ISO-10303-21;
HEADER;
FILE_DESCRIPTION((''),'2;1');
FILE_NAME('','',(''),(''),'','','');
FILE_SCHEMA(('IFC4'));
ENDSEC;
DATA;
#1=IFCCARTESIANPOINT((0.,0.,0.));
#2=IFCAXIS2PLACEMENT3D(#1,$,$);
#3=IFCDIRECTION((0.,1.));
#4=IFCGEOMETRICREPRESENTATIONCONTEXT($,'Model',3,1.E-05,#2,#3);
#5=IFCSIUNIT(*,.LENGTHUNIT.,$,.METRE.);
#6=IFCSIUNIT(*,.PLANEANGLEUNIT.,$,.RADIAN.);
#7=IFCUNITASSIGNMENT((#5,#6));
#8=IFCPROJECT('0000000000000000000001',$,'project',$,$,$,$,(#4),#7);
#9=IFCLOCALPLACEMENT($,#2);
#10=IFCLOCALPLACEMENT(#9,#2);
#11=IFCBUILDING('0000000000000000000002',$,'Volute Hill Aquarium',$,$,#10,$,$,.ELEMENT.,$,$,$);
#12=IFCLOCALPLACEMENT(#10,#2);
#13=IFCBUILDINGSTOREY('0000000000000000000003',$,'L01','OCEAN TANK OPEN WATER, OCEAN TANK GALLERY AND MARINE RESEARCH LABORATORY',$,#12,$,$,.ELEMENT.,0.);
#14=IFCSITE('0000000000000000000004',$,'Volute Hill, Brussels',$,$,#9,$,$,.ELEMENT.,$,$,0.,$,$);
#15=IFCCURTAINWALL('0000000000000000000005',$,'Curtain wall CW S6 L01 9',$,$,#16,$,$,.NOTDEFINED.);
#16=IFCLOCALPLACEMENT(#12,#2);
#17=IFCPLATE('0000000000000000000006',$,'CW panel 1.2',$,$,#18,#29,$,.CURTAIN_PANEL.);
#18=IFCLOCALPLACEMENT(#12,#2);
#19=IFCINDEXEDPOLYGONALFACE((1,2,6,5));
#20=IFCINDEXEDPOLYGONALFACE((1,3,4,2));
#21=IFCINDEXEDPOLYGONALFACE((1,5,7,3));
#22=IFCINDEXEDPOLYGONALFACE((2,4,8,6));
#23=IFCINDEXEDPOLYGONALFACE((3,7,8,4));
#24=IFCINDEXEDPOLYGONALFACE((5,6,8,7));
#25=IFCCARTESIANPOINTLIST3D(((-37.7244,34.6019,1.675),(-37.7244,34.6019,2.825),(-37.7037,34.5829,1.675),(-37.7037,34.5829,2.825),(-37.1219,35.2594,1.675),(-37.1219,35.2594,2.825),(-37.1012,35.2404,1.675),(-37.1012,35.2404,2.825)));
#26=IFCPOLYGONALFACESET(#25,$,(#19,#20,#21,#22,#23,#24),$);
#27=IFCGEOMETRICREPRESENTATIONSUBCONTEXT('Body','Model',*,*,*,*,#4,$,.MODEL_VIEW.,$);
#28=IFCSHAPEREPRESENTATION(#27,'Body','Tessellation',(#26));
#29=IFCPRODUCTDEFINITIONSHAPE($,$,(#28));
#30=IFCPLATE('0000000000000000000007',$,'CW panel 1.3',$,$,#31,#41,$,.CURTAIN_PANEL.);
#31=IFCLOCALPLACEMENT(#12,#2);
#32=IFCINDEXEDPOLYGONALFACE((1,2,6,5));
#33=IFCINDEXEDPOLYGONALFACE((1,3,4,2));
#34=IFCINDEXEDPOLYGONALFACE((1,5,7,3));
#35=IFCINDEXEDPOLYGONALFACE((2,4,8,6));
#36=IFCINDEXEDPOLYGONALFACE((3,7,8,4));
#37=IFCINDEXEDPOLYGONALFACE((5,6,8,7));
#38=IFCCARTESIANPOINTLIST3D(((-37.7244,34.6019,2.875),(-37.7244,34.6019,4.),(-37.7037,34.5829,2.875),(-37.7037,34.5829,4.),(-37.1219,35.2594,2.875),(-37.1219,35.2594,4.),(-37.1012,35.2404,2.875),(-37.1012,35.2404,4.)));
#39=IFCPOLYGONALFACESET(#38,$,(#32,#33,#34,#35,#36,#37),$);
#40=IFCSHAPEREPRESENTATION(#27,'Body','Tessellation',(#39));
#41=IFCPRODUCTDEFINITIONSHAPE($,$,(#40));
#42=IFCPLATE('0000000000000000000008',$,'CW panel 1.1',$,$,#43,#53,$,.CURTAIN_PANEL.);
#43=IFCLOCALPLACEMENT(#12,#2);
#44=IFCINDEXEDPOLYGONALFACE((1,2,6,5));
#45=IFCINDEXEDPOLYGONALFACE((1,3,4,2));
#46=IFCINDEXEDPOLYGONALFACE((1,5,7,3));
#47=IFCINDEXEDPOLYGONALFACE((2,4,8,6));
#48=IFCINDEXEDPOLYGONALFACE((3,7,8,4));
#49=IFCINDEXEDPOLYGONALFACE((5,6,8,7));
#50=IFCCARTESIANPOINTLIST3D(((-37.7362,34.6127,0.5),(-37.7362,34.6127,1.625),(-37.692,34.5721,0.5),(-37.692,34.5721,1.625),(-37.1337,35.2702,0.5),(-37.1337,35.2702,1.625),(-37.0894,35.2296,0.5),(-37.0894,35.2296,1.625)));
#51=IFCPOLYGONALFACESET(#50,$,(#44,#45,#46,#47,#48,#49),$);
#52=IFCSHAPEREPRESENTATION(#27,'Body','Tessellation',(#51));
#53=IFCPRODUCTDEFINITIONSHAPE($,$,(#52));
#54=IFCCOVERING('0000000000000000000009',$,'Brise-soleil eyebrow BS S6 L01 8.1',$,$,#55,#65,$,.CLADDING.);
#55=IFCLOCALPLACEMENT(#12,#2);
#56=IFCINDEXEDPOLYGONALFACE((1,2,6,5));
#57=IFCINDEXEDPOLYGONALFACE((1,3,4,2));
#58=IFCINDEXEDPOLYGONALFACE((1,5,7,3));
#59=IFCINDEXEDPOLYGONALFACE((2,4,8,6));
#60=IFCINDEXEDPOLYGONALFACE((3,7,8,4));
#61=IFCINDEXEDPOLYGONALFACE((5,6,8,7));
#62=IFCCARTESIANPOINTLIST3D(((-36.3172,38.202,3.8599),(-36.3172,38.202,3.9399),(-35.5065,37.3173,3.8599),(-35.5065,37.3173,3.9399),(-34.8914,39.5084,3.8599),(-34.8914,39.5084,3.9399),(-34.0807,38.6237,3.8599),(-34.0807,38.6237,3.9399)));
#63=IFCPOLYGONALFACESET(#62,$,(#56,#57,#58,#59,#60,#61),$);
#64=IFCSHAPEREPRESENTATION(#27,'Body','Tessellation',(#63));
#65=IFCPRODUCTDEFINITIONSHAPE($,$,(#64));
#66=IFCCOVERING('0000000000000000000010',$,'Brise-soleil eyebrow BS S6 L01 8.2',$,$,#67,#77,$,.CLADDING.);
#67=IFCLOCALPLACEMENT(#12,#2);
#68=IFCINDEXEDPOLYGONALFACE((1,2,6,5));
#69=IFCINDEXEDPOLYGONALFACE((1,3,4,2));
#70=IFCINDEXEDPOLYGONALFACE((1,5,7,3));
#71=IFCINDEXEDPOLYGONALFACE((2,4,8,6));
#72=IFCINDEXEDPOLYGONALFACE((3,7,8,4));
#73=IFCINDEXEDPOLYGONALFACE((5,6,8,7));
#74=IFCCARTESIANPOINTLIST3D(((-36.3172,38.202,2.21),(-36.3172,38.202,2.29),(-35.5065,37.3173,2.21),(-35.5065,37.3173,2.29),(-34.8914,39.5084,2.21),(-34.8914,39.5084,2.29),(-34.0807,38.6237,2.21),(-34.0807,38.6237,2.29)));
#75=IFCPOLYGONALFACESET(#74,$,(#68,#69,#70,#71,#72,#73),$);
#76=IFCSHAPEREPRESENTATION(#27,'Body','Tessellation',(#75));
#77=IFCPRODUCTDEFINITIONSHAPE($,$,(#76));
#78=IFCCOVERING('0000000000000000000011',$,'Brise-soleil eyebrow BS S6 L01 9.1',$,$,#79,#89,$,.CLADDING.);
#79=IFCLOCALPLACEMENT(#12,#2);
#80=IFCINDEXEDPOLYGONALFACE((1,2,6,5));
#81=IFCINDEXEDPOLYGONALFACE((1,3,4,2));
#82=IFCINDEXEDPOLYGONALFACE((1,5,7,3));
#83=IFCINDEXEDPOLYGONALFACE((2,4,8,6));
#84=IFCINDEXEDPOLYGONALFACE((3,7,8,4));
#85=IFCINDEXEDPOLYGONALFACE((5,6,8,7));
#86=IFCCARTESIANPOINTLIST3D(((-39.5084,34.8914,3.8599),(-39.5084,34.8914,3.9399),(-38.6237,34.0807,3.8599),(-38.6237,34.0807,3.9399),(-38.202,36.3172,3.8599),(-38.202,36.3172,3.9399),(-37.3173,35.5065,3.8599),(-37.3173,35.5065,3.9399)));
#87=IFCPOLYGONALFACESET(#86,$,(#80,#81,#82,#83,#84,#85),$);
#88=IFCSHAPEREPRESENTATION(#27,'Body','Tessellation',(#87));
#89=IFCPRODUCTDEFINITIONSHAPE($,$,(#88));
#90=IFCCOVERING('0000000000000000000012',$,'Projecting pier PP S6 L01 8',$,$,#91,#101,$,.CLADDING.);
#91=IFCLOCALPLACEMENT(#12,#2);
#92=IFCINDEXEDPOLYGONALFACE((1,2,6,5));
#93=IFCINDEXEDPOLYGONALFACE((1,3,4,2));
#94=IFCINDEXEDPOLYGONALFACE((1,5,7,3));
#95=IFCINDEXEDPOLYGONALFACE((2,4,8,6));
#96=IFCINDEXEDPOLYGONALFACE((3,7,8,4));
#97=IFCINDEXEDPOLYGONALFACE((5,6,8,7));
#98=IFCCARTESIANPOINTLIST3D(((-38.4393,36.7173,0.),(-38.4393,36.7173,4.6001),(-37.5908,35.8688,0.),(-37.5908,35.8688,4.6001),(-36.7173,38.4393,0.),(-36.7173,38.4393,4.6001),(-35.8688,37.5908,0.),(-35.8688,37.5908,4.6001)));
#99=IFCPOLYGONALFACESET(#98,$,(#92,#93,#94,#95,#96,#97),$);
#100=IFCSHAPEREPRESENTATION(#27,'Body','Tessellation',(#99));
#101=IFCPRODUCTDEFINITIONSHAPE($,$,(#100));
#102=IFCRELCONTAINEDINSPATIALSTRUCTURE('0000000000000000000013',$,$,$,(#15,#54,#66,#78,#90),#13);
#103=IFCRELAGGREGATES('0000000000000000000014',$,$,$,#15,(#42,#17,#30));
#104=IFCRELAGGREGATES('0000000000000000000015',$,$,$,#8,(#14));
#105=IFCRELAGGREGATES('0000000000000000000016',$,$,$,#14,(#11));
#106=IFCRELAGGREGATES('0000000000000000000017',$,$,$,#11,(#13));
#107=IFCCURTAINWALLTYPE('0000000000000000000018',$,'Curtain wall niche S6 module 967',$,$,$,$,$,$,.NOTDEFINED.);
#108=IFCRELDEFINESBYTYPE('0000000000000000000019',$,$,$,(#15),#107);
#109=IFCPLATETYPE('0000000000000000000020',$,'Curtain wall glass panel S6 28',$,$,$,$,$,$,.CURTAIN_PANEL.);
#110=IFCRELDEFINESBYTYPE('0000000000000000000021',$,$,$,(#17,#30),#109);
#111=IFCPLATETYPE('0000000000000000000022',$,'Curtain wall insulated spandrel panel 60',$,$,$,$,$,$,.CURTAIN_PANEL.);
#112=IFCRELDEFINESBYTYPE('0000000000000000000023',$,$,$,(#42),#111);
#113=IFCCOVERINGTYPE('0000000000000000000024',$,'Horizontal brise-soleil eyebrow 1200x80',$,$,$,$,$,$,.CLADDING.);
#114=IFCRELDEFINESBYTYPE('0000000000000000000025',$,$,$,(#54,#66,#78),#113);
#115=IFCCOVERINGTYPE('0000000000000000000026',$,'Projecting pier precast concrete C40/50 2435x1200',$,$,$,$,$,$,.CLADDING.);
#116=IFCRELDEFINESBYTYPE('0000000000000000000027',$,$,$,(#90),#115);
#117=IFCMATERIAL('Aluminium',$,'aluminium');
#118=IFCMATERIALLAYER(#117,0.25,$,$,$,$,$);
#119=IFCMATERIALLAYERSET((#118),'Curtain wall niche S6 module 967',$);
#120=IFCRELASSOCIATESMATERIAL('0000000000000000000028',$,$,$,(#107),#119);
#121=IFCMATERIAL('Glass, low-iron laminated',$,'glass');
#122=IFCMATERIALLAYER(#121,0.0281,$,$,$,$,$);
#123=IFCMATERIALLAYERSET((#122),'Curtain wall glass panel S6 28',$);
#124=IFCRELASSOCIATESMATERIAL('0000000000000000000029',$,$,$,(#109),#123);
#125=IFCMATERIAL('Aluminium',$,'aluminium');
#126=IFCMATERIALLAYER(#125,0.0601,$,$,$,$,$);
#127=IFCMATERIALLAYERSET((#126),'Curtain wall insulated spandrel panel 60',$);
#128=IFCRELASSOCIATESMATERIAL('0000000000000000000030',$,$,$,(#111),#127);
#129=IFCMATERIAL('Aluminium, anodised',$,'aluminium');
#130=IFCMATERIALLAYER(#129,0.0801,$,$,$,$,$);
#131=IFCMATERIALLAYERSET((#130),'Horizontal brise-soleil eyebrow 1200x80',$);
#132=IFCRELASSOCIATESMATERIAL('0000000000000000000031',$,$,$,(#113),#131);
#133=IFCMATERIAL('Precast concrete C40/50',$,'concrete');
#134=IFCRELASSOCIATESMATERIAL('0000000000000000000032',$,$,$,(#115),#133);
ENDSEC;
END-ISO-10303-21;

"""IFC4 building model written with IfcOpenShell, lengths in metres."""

from ifc_helpers import new_model, si_unit, direction, frame, origin, origin_2d, place, context, subcontext, project, spatial, rectangle, extrude, material, layer, layer_set, type_object, element, aggregate, save


model = new_model("IFC4")

# Units and contexts
model_context = context("Model", 3, precision=1e-05, world=origin(), true_north=direction((0.0, 1.0)))
body_context = subcontext(model_context, "Body", "Model", "MODEL_VIEW")
ifc_project = project(units=[si_unit("LENGTHUNIT", "METRE"), si_unit("PLANEANGLEUNIT", "RADIAN")], contexts=[model_context])

# Site, building, storey
site_placement = place(None, origin())
site = spatial("IfcSite", under=ifc_project, at=site_placement, Name="Volute Hill, Brussels", CompositionType="ELEMENT", RefElevation=0.0)
building_placement = place(site_placement, origin())
building = spatial("IfcBuilding", under=site, at=building_placement, Name="Volute Hill Aquarium", CompositionType="ELEMENT")
storey_placement = place(building_placement, origin())
storey = spatial("IfcBuildingStorey", under=building, at=storey_placement, Name="L01", Description="OCEAN TANK OPEN WATER, OCEAN TANK GALLERY AND MARINE RESEARCH LABORATORY", CompositionType="ELEMENT", Elevation=0.0)

# Shared definitions
ifc_material_1 = material(Name="Aluminium", Category="aluminium")
ifc_layer_1 = layer(ifc_material_1, 0.25)
ifc_layer_set_1 = layer_set([ifc_layer_1], Name="Curtain wall niche S6 module 967")
curtain_wall_type = type_object("IfcCurtainWallType", Name="Curtain wall niche S6 module 967", PredefinedType="NOTDEFINED", material=ifc_layer_set_1)

# Curtain wall
curtain_wall_1_placement = place(storey_placement, origin())
curtain_wall_1 = element("IfcCurtainWall", 1, at=curtain_wall_1_placement, inside=storey, type_object=curtain_wall_type, Name="Curtain wall CW S6 L01 9", PredefinedType="NOTDEFINED")

# Plates
ifc_material_2 = material(Name="Glass, low-iron laminated", Category="glass")
ifc_layer_2 = layer(ifc_material_2, 0.0281)
ifc_layer_set_2 = layer_set([ifc_layer_2], Name="Curtain wall glass panel S6 28")
plate_type_1 = type_object("IfcPlateType", Name="Curtain wall glass panel S6 28", PredefinedType="CURTAIN_PANEL", material=ifc_layer_set_2)
plate_1_placement = place(storey_placement, frame((-37.4128, 34.9211, 1.675), z_axis=(0.0, 0.0, 1.0), x_axis=(-0.675582, -0.737285, 0.0)))
plate_1 = element("IfcPlate", 2, at=plate_1_placement, type_object=plate_type_1, Name="CW panel 1.2", PredefinedType="CURTAIN_PANEL", context=body_context, shape_type="SweptSolid", body=[
    extrude(rectangle(XDim=0.8918, YDim=0.0281, at=origin_2d()), origin(), (0.0, 0.0, 1.0), 1.1499),
])
plate_2_placement = place(storey_placement, frame((-37.4128, 34.9211, 2.875), z_axis=(0.0, 0.0, 1.0), x_axis=(-0.675582, -0.737285, 0.0)))
plate_2 = element("IfcPlate", 3, at=plate_2_placement, type_object=plate_type_1, Name="CW panel 1.3", PredefinedType="CURTAIN_PANEL", context=body_context, shape_type="SweptSolid", body=[
    extrude(rectangle(XDim=0.8918, YDim=0.0281, at=origin_2d()), origin(), (0.0, 0.0, 1.0), 1.125),
])
ifc_material_3 = material(Name="Aluminium", Category="aluminium")
ifc_layer_3 = layer(ifc_material_3, 0.0601)
ifc_layer_set_3 = layer_set([ifc_layer_3], Name="Curtain wall insulated spandrel panel 60")
plate_type_2 = type_object("IfcPlateType", Name="Curtain wall insulated spandrel panel 60", PredefinedType="CURTAIN_PANEL", material=ifc_layer_set_3)
plate_3_placement = place(storey_placement, frame((-37.4128, 34.9211, 0.5), z_axis=(0.0, 0.0, 1.0), x_axis=(-0.675582, -0.737285, 0.0)))
plate_3 = element("IfcPlate", 4, at=plate_3_placement, type_object=plate_type_2, Name="CW panel 1.1", PredefinedType="CURTAIN_PANEL", context=body_context, shape_type="SweptSolid", body=[
    extrude(rectangle(XDim=0.8918, YDim=0.0601, at=origin_2d()), origin(), (0.0, 0.0, 1.0), 1.125),
])
aggregate(curtain_wall_1, [plate_3, plate_1, plate_2])

# Coverings
ifc_material_4 = material(Name="Aluminium, anodised", Category="aluminium")
ifc_layer_4 = layer(ifc_material_4, 0.0801)
ifc_layer_set_4 = layer_set([ifc_layer_4], Name="Horizontal brise-soleil eyebrow 1200x80")
covering_type_1 = type_object("IfcCoveringType", Name="Horizontal brise-soleil eyebrow 1200x80", PredefinedType="CLADDING", material=ifc_layer_set_4)
for number, where, z_axis, x_axis, name in (
    (5, (-35.199, 38.4128, 3.8599), (0.0, 0.0, 1.0), (-0.737286, -0.675581, 0.0), "Brise-soleil eyebrow BS S6 L01 8.1"),
    (6, (-35.199, 38.4128, 2.21), (0.0, 0.0, 1.0), (-0.737286, -0.675581, 0.0), "Brise-soleil eyebrow BS S6 L01 8.2"),
    (7, (-38.4128, 35.199, 3.8599), (0.0, 0.0, 1.0), (-0.675581, -0.737286, 0.0), "Brise-soleil eyebrow BS S6 L01 9.1"),
):
    element("IfcCovering", number, at=place(storey_placement, frame(where, z_axis=z_axis, x_axis=x_axis)), inside=storey, type_object=covering_type_1, Name=name, PredefinedType="CLADDING", context=body_context, shape_type="SweptSolid", body=[
        extrude(rectangle(XDim=1.9338, YDim=1.2, at=origin_2d()), origin(), (0.0, 0.0, 1.0), 0.0801),
    ])
ifc_material_5 = material(Name="Precast concrete C40/50", Category="concrete")
covering_type_2 = type_object("IfcCoveringType", Name="Projecting pier precast concrete C40/50 2435x1200", PredefinedType="CLADDING", material=ifc_material_5)
covering_placement = place(storey_placement, frame((-37.1541, 37.1541, 0.0), z_axis=(0.0, 0.0, 1.0), x_axis=(-0.707107, -0.707107, 0.0)))
element("IfcCovering", 8, at=covering_placement, inside=storey, type_object=covering_type_2, Name="Projecting pier PP S6 L01 8", PredefinedType="CLADDING", context=body_context, shape_type="SweptSolid", body=[
    extrude(rectangle(XDim=2.4353, YDim=1.2, at=origin_2d()), origin(), (0.0, 0.0, 1.0), 4.6001),
])

save(model, "model.ifc")
